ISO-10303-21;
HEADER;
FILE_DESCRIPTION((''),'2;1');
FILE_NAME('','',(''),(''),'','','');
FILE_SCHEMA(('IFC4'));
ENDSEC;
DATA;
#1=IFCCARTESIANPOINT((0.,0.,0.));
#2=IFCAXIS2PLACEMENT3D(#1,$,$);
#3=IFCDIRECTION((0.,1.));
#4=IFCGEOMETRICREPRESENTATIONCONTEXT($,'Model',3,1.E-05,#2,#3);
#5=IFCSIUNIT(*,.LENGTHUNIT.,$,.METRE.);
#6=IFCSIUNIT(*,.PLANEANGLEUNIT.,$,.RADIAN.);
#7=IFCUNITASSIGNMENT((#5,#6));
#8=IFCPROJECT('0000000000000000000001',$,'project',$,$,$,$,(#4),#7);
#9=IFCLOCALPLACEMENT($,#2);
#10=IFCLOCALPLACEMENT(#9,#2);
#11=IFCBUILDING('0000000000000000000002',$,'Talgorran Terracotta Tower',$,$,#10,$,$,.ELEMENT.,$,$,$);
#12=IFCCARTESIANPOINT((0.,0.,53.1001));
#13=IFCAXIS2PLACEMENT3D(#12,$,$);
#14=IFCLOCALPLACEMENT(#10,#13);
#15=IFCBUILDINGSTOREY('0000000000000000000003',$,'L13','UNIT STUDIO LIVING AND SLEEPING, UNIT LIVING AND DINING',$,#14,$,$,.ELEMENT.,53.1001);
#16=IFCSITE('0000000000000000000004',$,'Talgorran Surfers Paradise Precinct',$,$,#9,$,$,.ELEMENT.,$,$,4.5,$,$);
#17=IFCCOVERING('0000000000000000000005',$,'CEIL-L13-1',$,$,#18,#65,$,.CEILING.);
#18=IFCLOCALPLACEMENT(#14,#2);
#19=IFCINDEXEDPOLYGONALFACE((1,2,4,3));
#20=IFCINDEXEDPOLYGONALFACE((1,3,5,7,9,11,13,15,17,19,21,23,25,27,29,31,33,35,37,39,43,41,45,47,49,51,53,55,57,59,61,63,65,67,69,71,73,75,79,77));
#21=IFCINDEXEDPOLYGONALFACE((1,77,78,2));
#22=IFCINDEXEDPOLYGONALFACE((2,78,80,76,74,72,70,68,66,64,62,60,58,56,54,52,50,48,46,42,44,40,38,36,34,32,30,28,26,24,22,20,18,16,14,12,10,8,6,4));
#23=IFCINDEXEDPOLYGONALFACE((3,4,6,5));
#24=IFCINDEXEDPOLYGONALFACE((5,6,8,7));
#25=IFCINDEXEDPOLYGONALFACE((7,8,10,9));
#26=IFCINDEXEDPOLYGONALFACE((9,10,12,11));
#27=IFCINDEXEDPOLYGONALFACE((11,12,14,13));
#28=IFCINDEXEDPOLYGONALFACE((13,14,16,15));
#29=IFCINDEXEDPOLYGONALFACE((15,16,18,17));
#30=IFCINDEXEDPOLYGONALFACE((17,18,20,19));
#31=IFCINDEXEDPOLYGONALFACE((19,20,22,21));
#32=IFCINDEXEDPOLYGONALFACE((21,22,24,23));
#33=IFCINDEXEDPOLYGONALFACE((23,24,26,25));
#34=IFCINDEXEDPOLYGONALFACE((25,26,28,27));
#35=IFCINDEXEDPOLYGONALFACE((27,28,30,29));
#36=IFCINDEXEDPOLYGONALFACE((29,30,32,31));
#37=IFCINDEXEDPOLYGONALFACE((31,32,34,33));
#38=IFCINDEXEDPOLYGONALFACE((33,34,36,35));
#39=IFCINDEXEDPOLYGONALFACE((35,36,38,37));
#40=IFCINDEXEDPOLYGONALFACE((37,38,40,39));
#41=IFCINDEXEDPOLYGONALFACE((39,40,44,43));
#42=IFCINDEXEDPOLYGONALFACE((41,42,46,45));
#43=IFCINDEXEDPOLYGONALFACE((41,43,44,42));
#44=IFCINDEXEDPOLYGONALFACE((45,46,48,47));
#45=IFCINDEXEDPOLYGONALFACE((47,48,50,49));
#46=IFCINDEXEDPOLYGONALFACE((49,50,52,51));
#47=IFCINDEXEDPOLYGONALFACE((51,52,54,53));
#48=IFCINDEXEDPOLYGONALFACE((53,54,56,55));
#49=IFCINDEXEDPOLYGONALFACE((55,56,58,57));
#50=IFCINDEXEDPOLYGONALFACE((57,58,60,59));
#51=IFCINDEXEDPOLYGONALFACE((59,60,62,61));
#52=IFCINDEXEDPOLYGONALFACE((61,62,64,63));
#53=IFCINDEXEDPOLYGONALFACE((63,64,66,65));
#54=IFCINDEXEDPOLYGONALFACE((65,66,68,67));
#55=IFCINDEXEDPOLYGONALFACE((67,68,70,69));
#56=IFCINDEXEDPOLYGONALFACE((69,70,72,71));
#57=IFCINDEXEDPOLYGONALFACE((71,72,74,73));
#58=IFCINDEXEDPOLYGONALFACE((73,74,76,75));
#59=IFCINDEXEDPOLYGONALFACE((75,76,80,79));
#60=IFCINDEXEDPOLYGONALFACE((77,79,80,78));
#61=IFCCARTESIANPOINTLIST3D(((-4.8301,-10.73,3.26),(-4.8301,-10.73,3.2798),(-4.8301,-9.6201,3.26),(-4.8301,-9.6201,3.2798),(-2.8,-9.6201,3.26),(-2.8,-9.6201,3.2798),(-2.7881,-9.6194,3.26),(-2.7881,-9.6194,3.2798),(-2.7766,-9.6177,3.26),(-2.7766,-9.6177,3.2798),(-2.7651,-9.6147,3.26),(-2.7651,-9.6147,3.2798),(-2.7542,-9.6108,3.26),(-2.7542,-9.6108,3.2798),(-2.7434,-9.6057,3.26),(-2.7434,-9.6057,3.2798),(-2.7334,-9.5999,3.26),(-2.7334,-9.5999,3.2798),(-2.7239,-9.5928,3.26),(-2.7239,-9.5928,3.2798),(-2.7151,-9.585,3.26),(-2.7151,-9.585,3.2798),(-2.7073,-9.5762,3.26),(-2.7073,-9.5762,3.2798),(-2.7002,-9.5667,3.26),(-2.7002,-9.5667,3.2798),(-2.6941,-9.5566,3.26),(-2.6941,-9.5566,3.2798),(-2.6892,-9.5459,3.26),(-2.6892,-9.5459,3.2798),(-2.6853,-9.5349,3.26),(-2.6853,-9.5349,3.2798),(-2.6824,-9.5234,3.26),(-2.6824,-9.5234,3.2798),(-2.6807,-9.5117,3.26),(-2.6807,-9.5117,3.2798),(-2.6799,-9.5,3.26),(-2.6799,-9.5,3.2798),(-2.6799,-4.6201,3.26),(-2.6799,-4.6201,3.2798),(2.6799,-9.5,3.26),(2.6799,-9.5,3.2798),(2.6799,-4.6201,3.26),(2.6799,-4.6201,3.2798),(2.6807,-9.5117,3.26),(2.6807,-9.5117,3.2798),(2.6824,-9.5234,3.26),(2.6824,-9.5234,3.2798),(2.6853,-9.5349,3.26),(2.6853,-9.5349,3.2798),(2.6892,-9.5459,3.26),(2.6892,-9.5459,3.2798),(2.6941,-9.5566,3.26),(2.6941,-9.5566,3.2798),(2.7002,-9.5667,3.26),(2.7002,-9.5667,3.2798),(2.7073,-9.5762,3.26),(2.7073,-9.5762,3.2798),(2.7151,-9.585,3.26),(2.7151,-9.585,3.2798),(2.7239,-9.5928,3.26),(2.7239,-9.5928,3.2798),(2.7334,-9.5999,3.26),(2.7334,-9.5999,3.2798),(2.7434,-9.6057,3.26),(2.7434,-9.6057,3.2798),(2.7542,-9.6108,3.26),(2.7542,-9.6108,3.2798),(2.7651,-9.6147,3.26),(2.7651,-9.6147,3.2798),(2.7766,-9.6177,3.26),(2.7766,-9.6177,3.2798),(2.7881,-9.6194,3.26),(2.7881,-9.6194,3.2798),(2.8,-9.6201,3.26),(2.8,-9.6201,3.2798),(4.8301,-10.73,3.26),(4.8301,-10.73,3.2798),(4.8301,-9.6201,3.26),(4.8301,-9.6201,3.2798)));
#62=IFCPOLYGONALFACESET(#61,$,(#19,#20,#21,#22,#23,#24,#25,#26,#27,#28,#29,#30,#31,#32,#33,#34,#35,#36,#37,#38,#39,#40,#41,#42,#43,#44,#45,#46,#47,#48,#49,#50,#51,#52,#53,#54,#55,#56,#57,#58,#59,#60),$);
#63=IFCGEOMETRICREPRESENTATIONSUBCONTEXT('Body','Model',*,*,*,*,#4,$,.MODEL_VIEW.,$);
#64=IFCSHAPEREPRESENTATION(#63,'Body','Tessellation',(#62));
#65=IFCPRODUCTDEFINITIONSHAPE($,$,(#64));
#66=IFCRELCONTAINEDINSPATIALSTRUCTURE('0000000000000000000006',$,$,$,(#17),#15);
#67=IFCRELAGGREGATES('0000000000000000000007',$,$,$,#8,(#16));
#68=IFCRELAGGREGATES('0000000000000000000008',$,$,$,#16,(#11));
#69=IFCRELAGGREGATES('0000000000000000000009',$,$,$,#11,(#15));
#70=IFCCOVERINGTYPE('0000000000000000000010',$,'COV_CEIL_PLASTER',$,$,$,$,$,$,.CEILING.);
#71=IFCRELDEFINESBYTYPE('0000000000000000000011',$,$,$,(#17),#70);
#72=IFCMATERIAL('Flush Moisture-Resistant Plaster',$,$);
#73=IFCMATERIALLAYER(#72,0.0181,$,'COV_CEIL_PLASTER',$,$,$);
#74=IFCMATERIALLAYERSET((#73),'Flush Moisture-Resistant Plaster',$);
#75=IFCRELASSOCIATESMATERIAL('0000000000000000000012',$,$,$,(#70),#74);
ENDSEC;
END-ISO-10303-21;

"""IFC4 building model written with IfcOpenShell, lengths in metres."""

from ifc_helpers import new_model, si_unit, direction, frame, origin, place, context, subcontext, project, spatial, polyline, outline, extrude, material, layer, layer_set, type_object, element, save


model = new_model("IFC4")

# Units and contexts
model_context = context("Model", 3, precision=1e-05, world=origin(), true_north=direction((0.0, 1.0)))
body_context = subcontext(model_context, "Body", "Model", "MODEL_VIEW")
ifc_project = project(units=[si_unit("LENGTHUNIT", "METRE"), si_unit("PLANEANGLEUNIT", "RADIAN")], contexts=[model_context])

# Site, building, storey
site_placement = place(None, origin())
site = spatial("IfcSite", under=ifc_project, at=site_placement, Name="Talgorran Surfers Paradise Precinct", CompositionType="ELEMENT", RefElevation=4.5)
building_placement = place(site_placement, origin())
building = spatial("IfcBuilding", under=site, at=building_placement, Name="Talgorran Terracotta Tower", CompositionType="ELEMENT")
storey_placement = place(building_placement, frame((0.0, 0.0, 53.1001)))
storey = spatial("IfcBuildingStorey", under=building, at=storey_placement, Name="L13", Description="UNIT STUDIO LIVING AND SLEEPING, UNIT LIVING AND DINING", CompositionType="ELEMENT", Elevation=53.1001)

# Covering
ifc_material_1 = material(Name="Flush Moisture-Resistant Plaster")
ifc_layer_1 = layer(ifc_material_1, 0.0181, Name="COV_CEIL_PLASTER")
ifc_layer_set_1 = layer_set([ifc_layer_1], Name="Flush Moisture-Resistant Plaster")
covering_type_1 = type_object("IfcCoveringType", Name="COV_CEIL_PLASTER", PredefinedType="CEILING", material=ifc_layer_set_1)
covering_1_placement = place(storey_placement, frame((0.0, 0.0, 3.26)))
element("IfcCovering", 1, at=covering_1_placement, inside=storey, type_object=covering_type_1, Name="CEIL-L13-1", PredefinedType="CEILING", context=body_context, shape_type="SweptSolid", body=[
    extrude(outline(polyline([(-4.8301, -9.6201), (-2.8, -9.6201), (-2.7881, -9.6194), (-2.7766, -9.6177), (-2.7651, -9.6147), (-2.7542, -9.6108), (-2.7434, -9.6057), (-2.7334, -9.5999), (-2.7239, -9.5928), (-2.7151, -9.585), (-2.7073, -9.5762), (-2.7002, -9.5667), (-2.6941, -9.5566), (-2.6892, -9.5459), (-2.6853, -9.5349), (-2.6824, -9.5234), (-2.6807, -9.5117), (-2.6799, -9.5), (-2.6799, -4.6201), (2.6799, -4.6201), (2.6799, -9.5), (2.6807, -9.5117), (2.6824, -9.5234), (2.6853, -9.5349), (2.6892, -9.5459), (2.6941, -9.5566), (2.7002, -9.5667), (2.7073, -9.5762), (2.7151, -9.585), (2.7239, -9.5928), (2.7334, -9.5999), (2.7434, -9.6057), (2.7542, -9.6108), (2.7651, -9.6147), (2.7766, -9.6177), (2.7881, -9.6194), (2.8, -9.6201), (4.8301, -9.6201), (4.8301, -10.73), (-4.8301, -10.73), (-4.8301, -9.6201)])), origin(), (0.0, 0.0, 1.0), 0.0198),
])

save(model, "model.ifc")
